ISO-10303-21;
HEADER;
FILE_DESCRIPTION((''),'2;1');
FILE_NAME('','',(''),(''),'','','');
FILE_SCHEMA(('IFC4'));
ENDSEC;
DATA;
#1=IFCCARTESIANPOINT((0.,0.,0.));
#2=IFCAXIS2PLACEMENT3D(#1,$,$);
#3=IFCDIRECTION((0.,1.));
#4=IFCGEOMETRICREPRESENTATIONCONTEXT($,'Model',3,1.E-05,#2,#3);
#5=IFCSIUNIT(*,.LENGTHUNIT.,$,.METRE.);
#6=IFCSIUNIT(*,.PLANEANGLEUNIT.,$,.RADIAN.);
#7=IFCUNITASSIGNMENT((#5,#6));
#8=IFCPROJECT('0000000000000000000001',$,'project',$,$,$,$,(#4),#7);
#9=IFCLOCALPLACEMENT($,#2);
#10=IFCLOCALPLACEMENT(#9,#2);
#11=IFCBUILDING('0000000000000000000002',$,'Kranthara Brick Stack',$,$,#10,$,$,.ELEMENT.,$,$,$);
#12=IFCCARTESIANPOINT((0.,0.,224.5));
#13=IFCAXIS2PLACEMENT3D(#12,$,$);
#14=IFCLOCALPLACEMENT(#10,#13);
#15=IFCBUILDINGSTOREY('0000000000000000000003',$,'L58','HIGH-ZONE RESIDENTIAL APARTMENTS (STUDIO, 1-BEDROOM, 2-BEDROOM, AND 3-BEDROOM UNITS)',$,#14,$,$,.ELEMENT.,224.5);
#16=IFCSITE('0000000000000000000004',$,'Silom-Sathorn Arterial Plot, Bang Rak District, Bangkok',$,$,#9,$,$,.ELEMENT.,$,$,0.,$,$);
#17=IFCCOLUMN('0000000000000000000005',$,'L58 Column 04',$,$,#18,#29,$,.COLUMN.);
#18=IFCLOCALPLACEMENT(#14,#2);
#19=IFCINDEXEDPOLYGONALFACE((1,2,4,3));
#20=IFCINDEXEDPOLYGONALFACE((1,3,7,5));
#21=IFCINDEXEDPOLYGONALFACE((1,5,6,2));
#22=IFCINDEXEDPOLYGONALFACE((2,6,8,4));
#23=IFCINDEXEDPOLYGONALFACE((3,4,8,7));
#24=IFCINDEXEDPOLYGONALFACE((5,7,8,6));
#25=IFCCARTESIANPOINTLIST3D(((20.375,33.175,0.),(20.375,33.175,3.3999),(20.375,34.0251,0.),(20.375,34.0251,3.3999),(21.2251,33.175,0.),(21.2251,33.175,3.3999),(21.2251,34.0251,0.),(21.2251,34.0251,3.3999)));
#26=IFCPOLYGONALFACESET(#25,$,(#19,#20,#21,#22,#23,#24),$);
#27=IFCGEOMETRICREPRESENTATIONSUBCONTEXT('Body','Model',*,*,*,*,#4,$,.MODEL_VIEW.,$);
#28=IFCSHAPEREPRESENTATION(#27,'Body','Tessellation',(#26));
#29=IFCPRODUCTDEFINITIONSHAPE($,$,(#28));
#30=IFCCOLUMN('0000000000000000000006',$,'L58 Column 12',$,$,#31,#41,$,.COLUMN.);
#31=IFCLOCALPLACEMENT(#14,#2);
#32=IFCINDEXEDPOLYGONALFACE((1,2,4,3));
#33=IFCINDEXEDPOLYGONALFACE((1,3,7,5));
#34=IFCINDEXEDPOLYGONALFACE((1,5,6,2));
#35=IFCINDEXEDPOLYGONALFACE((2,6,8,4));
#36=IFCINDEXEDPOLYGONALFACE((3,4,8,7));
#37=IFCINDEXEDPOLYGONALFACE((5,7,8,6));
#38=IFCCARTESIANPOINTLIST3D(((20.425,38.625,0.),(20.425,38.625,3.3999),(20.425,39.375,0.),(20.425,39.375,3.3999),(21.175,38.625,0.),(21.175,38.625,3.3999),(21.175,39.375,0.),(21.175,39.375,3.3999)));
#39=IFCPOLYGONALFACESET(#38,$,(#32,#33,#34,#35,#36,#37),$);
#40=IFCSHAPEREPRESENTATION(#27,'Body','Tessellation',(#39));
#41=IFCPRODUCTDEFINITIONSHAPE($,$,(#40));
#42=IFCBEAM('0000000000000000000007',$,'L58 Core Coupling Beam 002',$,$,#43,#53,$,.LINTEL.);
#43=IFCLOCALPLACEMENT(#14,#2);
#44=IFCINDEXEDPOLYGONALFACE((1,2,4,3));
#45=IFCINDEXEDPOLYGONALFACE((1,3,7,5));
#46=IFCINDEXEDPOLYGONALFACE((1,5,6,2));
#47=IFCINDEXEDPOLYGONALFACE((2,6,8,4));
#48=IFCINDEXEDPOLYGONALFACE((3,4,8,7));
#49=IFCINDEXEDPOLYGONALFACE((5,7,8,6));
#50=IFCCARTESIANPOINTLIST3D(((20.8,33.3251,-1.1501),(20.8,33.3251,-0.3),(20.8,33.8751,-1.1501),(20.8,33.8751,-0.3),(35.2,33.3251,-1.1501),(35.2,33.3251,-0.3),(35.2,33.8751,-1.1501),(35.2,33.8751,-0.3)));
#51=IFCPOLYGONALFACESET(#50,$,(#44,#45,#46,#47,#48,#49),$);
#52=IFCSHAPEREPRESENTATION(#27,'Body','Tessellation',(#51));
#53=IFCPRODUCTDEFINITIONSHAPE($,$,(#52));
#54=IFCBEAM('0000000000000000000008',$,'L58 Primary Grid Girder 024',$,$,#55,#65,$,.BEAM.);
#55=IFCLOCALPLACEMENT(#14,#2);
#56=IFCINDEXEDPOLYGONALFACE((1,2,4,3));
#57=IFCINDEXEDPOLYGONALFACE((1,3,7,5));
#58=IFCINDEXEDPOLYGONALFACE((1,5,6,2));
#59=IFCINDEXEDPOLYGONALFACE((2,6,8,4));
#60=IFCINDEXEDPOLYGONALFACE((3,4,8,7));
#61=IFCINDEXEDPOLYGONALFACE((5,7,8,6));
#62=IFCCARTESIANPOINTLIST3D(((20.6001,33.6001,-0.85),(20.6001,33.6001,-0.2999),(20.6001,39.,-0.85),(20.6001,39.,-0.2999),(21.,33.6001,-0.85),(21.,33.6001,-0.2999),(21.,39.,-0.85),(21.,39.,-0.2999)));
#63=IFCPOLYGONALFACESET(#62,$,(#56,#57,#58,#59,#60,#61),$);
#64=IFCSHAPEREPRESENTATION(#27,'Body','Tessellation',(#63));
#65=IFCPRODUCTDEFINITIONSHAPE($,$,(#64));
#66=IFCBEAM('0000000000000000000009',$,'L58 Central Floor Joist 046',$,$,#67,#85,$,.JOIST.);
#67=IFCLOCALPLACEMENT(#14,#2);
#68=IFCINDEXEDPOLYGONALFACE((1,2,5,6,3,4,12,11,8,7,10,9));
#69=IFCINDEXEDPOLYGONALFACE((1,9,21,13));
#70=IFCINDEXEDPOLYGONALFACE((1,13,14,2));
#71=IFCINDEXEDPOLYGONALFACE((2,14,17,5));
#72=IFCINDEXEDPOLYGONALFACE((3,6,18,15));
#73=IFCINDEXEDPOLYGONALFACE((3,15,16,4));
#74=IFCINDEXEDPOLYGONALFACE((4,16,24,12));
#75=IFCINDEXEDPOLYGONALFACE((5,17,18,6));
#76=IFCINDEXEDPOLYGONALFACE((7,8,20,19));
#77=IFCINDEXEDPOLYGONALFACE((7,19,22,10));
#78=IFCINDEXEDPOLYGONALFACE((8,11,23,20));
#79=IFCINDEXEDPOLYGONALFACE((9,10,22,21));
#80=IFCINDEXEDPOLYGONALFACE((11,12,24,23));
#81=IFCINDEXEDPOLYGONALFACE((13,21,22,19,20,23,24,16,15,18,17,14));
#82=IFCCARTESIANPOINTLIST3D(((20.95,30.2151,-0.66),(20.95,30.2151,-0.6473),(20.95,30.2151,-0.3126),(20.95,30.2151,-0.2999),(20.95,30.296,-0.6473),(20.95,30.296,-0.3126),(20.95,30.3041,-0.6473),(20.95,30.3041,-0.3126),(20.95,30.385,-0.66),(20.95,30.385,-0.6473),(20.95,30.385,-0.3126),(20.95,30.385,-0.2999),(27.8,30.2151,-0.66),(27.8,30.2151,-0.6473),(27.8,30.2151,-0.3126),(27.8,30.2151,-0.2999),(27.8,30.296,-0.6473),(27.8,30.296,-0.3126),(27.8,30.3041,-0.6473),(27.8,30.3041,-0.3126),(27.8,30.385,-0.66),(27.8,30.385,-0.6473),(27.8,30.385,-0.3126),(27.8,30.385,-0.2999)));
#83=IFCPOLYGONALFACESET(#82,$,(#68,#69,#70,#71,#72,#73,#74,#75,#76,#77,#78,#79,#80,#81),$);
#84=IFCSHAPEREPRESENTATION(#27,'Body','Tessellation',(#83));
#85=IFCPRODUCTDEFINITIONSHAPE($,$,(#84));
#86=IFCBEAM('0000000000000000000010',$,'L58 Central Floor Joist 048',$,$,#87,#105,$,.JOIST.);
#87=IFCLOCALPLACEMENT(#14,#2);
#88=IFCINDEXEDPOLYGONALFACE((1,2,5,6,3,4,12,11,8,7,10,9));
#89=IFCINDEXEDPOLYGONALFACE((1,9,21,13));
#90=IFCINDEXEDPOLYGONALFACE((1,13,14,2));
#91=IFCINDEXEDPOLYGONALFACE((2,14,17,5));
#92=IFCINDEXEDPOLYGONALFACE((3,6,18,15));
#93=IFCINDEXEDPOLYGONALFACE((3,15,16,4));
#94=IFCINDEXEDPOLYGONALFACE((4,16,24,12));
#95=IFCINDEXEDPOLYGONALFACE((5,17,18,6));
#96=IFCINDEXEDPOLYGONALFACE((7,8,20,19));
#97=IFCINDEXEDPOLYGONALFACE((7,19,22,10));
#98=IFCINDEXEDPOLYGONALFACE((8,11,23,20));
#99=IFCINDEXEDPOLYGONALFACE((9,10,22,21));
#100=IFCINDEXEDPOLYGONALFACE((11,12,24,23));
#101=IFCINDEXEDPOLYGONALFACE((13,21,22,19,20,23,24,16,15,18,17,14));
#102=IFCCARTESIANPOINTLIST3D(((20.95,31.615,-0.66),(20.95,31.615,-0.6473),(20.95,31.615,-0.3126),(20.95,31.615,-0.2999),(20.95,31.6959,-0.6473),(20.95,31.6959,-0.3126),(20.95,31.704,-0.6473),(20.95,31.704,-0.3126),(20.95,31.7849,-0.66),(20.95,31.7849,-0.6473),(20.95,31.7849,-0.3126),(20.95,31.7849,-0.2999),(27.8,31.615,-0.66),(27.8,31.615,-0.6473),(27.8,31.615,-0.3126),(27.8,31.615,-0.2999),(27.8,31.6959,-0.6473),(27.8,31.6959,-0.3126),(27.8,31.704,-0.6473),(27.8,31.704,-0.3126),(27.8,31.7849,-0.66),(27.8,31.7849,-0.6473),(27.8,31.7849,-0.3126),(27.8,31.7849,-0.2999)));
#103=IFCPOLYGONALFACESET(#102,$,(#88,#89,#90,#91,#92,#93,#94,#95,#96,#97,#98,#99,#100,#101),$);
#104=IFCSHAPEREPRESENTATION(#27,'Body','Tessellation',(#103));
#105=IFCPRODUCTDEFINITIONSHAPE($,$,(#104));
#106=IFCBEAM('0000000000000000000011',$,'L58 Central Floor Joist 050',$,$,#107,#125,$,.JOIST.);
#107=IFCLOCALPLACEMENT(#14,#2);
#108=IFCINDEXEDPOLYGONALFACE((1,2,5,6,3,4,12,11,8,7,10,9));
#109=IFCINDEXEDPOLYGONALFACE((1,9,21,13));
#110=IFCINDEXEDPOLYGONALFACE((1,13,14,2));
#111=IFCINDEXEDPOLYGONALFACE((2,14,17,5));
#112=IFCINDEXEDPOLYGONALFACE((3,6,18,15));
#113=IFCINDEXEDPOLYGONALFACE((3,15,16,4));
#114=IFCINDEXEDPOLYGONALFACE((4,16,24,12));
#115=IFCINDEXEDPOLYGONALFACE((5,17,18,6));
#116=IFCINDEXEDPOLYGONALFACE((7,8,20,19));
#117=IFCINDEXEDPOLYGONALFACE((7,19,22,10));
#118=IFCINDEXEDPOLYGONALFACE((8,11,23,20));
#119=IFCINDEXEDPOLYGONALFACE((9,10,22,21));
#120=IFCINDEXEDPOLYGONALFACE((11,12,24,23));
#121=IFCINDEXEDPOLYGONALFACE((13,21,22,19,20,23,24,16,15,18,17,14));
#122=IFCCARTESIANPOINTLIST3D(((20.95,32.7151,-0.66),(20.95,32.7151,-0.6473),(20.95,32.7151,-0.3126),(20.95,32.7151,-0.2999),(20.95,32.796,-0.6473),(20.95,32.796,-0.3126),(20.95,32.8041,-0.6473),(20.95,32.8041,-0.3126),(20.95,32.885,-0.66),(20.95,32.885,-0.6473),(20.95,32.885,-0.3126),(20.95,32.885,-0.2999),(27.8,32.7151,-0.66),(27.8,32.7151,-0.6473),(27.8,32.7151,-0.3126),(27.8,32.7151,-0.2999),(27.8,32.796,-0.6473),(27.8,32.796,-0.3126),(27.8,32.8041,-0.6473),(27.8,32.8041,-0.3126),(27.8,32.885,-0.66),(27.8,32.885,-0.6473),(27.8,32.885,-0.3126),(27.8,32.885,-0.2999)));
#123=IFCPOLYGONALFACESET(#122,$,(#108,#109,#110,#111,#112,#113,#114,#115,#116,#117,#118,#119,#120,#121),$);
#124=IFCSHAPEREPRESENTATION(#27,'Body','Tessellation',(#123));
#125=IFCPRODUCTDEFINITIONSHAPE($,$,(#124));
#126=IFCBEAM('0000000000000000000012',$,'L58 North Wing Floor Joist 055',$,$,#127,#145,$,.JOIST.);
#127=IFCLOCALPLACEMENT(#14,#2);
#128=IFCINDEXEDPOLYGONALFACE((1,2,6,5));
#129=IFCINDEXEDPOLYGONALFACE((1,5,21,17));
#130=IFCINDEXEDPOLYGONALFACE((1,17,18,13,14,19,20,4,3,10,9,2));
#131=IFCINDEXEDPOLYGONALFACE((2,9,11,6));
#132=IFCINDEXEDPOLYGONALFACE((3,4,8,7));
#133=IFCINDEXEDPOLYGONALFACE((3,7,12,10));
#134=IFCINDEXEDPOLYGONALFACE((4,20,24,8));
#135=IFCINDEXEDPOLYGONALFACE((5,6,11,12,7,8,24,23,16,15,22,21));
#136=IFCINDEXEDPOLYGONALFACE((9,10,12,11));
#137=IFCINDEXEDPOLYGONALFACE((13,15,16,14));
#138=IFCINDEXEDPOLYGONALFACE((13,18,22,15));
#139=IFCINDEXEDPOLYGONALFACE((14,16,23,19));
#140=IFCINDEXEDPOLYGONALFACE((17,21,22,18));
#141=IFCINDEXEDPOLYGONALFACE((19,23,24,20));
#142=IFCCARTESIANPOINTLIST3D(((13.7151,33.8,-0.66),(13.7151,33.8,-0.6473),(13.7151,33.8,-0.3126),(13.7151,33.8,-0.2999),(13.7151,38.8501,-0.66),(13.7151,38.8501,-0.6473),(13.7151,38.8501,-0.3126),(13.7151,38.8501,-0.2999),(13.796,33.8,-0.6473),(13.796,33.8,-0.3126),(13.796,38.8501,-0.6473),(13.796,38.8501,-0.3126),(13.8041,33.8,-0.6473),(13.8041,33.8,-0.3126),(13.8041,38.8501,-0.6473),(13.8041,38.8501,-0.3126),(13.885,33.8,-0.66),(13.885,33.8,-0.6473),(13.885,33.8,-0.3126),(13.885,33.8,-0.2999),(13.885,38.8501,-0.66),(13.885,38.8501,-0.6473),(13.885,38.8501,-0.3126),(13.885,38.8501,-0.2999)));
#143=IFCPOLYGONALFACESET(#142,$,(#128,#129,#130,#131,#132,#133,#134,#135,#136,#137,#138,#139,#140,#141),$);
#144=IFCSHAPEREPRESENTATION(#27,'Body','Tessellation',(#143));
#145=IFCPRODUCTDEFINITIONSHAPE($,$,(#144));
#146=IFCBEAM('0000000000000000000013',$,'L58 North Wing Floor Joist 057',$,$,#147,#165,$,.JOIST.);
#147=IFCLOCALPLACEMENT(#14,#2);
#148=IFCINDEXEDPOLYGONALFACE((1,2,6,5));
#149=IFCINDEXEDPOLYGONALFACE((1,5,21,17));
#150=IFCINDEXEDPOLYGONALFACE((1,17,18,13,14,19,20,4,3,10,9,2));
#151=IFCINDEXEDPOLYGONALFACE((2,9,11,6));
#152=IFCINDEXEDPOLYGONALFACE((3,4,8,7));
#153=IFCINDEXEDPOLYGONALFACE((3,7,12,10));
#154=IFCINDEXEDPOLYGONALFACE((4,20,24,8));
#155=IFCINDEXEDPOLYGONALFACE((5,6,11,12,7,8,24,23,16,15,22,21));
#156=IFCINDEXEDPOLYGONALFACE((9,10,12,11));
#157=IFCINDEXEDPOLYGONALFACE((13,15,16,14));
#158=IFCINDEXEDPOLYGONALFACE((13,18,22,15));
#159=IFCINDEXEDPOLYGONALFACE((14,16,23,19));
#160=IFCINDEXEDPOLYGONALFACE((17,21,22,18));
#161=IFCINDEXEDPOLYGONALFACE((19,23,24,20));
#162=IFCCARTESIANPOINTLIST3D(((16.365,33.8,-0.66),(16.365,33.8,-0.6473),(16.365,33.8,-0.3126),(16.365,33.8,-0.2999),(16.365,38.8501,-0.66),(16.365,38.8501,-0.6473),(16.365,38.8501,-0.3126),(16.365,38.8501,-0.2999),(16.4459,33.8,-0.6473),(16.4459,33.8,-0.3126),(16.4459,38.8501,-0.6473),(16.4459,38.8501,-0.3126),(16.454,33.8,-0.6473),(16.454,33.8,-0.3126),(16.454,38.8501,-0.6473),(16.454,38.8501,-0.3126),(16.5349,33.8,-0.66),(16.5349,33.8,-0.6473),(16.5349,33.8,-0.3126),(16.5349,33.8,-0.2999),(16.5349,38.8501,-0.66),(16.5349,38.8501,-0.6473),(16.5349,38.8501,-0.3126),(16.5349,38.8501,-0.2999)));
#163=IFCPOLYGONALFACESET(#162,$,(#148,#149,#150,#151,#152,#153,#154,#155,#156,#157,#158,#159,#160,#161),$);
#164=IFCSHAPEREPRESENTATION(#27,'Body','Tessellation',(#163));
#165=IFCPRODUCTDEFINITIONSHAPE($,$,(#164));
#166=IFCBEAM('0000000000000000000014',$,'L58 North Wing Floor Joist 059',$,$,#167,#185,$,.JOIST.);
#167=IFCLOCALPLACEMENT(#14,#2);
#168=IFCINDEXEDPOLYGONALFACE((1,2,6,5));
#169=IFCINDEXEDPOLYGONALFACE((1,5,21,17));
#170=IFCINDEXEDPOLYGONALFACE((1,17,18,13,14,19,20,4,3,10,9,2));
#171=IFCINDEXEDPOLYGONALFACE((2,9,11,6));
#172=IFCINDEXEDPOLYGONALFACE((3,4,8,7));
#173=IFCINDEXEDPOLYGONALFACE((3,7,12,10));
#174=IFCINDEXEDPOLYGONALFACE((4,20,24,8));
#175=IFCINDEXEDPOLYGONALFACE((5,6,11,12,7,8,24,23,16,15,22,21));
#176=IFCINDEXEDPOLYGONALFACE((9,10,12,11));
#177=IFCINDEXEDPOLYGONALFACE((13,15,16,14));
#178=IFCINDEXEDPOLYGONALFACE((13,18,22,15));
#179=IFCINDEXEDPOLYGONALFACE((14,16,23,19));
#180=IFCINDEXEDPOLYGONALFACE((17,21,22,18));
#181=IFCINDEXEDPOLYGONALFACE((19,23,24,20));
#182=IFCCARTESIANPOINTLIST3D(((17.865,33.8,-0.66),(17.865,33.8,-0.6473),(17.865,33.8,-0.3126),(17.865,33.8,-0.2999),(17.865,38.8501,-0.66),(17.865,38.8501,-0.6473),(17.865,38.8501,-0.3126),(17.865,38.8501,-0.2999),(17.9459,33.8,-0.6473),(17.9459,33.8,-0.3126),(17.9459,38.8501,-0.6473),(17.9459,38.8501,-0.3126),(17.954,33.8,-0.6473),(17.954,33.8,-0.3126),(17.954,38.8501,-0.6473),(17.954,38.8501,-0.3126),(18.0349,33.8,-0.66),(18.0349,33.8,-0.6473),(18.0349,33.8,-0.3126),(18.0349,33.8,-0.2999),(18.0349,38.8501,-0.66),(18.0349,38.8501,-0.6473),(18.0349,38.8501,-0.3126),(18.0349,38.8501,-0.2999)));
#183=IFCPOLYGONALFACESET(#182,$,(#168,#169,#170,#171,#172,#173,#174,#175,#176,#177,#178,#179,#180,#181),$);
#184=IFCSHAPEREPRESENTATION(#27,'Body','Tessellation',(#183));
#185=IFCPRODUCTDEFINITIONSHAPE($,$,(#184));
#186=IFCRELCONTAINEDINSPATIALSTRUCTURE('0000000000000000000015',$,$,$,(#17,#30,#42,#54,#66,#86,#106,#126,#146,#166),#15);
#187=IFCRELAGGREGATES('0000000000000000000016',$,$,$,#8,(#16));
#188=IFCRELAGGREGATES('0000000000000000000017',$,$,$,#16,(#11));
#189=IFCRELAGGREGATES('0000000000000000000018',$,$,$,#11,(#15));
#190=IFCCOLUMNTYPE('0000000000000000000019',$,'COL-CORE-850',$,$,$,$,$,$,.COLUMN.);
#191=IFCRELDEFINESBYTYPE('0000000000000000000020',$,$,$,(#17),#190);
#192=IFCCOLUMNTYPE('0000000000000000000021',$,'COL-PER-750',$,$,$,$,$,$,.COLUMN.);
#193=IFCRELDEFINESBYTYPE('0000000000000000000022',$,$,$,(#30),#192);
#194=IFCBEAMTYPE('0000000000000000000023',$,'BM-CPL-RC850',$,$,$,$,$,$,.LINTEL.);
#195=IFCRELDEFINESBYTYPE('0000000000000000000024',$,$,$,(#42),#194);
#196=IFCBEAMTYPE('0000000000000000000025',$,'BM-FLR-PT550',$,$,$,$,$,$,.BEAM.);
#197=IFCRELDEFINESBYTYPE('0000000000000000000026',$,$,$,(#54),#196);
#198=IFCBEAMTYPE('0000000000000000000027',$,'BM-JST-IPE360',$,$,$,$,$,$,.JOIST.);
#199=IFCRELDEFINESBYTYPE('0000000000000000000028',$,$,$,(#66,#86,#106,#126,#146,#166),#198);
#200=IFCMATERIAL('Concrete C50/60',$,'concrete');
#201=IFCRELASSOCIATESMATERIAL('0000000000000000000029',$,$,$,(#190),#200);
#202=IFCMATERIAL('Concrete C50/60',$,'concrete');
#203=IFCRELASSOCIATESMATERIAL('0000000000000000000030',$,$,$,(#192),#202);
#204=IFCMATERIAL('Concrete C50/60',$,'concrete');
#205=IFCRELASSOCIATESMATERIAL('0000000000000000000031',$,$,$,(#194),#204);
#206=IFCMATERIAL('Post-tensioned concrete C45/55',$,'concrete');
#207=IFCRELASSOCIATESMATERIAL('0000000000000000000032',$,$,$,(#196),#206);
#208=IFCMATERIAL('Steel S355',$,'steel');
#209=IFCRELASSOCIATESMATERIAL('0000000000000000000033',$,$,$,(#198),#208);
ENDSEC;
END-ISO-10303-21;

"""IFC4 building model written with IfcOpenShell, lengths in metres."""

from ifc_helpers import new_model, si_unit, direction, frame, origin, origin_2d, place, context, subcontext, project, spatial, rectangle, i_section, extrude, material, material_profile, profile_set, type_object, element, save


model = new_model("IFC4")

# Units and contexts
model_context = context("Model", 3, precision=1e-05, world=origin(), true_north=direction((0.0, 1.0)))
body_context = subcontext(model_context, "Body", "Model", "MODEL_VIEW")
ifc_project = project(units=[si_unit("LENGTHUNIT", "METRE"), si_unit("PLANEANGLEUNIT", "RADIAN")], contexts=[model_context])

# Site, building, storey
site_placement = place(None, origin())
site = spatial("IfcSite", under=ifc_project, at=site_placement, Name="Silom-Sathorn Arterial Plot, Bang Rak District, Bangkok", CompositionType="ELEMENT", RefElevation=0.0)
building_placement = place(site_placement, origin())
building = spatial("IfcBuilding", under=site, at=building_placement, Name="Kranthara Brick Stack", CompositionType="ELEMENT")
storey_placement = place(building_placement, frame((0.0, 0.0, 224.5)))
storey = spatial("IfcBuildingStorey", under=building, at=storey_placement, Name="L58", Description="HIGH-ZONE RESIDENTIAL APARTMENTS (STUDIO, 1-BEDROOM, 2-BEDROOM, AND 3-BEDROOM UNITS)", CompositionType="ELEMENT", Elevation=224.5)

# Columns
ifc_material_1 = material(Name="Concrete C50/60", Category="concrete")
ifc_material_profile_1 = material_profile(ifc_material_1, rectangle(XDim=0.8501, YDim=0.8501, at=origin_2d()), Name="RC 850x850")
ifc_profile_set_1 = profile_set([ifc_material_profile_1], Name="Concrete C50/60")
column_type_1 = type_object("IfcColumnType", Name="COL-CORE-850", PredefinedType="COLUMN", material=ifc_profile_set_1)
column_1_placement = place(storey_placement, frame((20.8, 33.6001, 0.0), z_axis=(0.0, 0.0, 1.0), x_axis=(1.0, 0.0, 0.0)))
element("IfcColumn", 1, at=column_1_placement, inside=storey, type_object=column_type_1, Name="L58 Column 04", PredefinedType="COLUMN", context=body_context, shape_type="SweptSolid", body=[
    extrude(rectangle(XDim=0.8501, YDim=0.8501, at=origin_2d()), origin(), (0.0, 0.0, 1.0), 3.3999),
])
ifc_material_2 = material(Name="Concrete C50/60", Category="concrete")
ifc_material_profile_2 = material_profile(ifc_material_2, rectangle(XDim=0.75, YDim=0.75, at=origin_2d()), Name="RC 750x750")
ifc_profile_set_2 = profile_set([ifc_material_profile_2], Name="Concrete C50/60")
column_type_2 = type_object("IfcColumnType", Name="COL-PER-750", PredefinedType="COLUMN", material=ifc_profile_set_2)
column_2_placement = place(storey_placement, frame((20.8, 39.0, 0.0), z_axis=(0.0, 0.0, 1.0), x_axis=(1.0, 0.0, 0.0)))
element("IfcColumn", 2, at=column_2_placement, inside=storey, type_object=column_type_2, Name="L58 Column 12", PredefinedType="COLUMN", context=body_context, shape_type="SweptSolid", body=[
    extrude(rectangle(XDim=0.75, YDim=0.75, at=origin_2d()), origin(), (0.0, 0.0, 1.0), 3.3999),
])

# Beams
ifc_material_3 = material(Name="Concrete C50/60", Category="concrete")
ifc_material_profile_3 = material_profile(ifc_material_3, rectangle(XDim=0.55, YDim=0.8501, at=origin_2d()), Name="RC 550x850")
ifc_profile_set_3 = profile_set([ifc_material_profile_3], Name="Concrete C50/60")
beam_type_1 = type_object("IfcBeamType", Name="BM-CPL-RC850", PredefinedType="LINTEL", material=ifc_profile_set_3)
beam_1_placement = place(storey_placement, frame((20.8, 33.6001, -0.7251), z_axis=(1.0, 0.0, 0.0), x_axis=(0.0, 1.0, 0.0)))
element("IfcBeam", 3, at=beam_1_placement, inside=storey, type_object=beam_type_1, Name="L58 Core Coupling Beam 002", PredefinedType="LINTEL", context=body_context, shape_type="SweptSolid", body=[
    extrude(rectangle(XDim=0.55, YDim=0.8501, at=origin_2d()), origin(), (0.0, 0.0, 1.0), 14.3999),
])
ifc_material_4 = material(Name="Post-tensioned concrete C45/55", Category="concrete")
ifc_material_profile_4 = material_profile(ifc_material_4, rectangle(XDim=0.3999, YDim=0.55, at=origin_2d()), Name="PT 400x550")
ifc_profile_set_4 = profile_set([ifc_material_profile_4], Name="Post-tensioned concrete C45/55")
beam_type_2 = type_object("IfcBeamType", Name="BM-FLR-PT550", PredefinedType="BEAM", material=ifc_profile_set_4)
beam_2_placement = place(storey_placement, frame((20.8, 33.6001, -0.575), z_axis=(0.0, 1.0, 0.0), x_axis=(-1.0, 0.0, 0.0)))
element("IfcBeam", 4, at=beam_2_placement, inside=storey, type_object=beam_type_2, Name="L58 Primary Grid Girder 024", PredefinedType="BEAM", context=body_context, shape_type="SweptSolid", body=[
    extrude(rectangle(XDim=0.3999, YDim=0.55, at=origin_2d()), origin(), (0.0, 0.0, 1.0), 5.3999),
])
ifc_material_5 = material(Name="Steel S355", Category="steel")
ifc_material_profile_5 = material_profile(ifc_material_5, i_section(OverallWidth=0.1699, OverallDepth=0.3601, WebThickness=0.0081, FlangeThickness=0.0127, at=origin_2d()), Name="IPE 360")
ifc_profile_set_5 = profile_set([ifc_material_profile_5], Name="Steel S355")
beam_type_3 = type_object("IfcBeamType", Name="BM-JST-IPE360", PredefinedType="JOIST", material=ifc_profile_set_5)
for number, where, z_axis, x_axis, name in (
    (5, (20.95, 30.3, -0.48), (1.0, 0.0, 0.0), (0.0, 1.0, 0.0), "L58 Central Floor Joist 046"),
    (6, (20.95, 31.7, -0.48), (1.0, 0.0, 0.0), (0.0, 1.0, 0.0), "L58 Central Floor Joist 048"),
    (7, (20.95, 32.8, -0.48), (1.0, 0.0, 0.0), (0.0, 1.0, 0.0), "L58 Central Floor Joist 050"),
):
    element("IfcBeam", number, at=place(storey_placement, frame(where, z_axis=z_axis, x_axis=x_axis)), inside=storey, type_object=beam_type_3, Name=name, PredefinedType="JOIST", context=body_context, shape_type="SweptSolid", body=[
        extrude(i_section(OverallWidth=0.1699, OverallDepth=0.3601, WebThickness=0.0081, FlangeThickness=0.0127, at=origin_2d()), origin(), (0.0, 0.0, 1.0), 6.8501),
    ])
for number, where, z_axis, x_axis, name in (
    (8, (13.8, 33.8, -0.48), (0.0, 1.0, 0.0), (-1.0, 0.0, 0.0), "L58 North Wing Floor Joist 055"),
    (9, (16.45, 33.8, -0.48), (0.0, 1.0, 0.0), (-1.0, 0.0, 0.0), "L58 North Wing Floor Joist 057"),
    (10, (17.95, 33.8, -0.48), (0.0, 1.0, 0.0), (-1.0, 0.0, 0.0), "L58 North Wing Floor Joist 059"),
):
    element("IfcBeam", number, at=place(storey_placement, frame(where, z_axis=z_axis, x_axis=x_axis)), inside=storey, type_object=beam_type_3, Name=name, PredefinedType="JOIST", context=body_context, shape_type="SweptSolid", body=[
        extrude(i_section(OverallWidth=0.1699, OverallDepth=0.3601, WebThickness=0.0081, FlangeThickness=0.0127, at=origin_2d()), origin(), (0.0, 0.0, 1.0), 5.05),
    ])

save(model, "model.ifc")
